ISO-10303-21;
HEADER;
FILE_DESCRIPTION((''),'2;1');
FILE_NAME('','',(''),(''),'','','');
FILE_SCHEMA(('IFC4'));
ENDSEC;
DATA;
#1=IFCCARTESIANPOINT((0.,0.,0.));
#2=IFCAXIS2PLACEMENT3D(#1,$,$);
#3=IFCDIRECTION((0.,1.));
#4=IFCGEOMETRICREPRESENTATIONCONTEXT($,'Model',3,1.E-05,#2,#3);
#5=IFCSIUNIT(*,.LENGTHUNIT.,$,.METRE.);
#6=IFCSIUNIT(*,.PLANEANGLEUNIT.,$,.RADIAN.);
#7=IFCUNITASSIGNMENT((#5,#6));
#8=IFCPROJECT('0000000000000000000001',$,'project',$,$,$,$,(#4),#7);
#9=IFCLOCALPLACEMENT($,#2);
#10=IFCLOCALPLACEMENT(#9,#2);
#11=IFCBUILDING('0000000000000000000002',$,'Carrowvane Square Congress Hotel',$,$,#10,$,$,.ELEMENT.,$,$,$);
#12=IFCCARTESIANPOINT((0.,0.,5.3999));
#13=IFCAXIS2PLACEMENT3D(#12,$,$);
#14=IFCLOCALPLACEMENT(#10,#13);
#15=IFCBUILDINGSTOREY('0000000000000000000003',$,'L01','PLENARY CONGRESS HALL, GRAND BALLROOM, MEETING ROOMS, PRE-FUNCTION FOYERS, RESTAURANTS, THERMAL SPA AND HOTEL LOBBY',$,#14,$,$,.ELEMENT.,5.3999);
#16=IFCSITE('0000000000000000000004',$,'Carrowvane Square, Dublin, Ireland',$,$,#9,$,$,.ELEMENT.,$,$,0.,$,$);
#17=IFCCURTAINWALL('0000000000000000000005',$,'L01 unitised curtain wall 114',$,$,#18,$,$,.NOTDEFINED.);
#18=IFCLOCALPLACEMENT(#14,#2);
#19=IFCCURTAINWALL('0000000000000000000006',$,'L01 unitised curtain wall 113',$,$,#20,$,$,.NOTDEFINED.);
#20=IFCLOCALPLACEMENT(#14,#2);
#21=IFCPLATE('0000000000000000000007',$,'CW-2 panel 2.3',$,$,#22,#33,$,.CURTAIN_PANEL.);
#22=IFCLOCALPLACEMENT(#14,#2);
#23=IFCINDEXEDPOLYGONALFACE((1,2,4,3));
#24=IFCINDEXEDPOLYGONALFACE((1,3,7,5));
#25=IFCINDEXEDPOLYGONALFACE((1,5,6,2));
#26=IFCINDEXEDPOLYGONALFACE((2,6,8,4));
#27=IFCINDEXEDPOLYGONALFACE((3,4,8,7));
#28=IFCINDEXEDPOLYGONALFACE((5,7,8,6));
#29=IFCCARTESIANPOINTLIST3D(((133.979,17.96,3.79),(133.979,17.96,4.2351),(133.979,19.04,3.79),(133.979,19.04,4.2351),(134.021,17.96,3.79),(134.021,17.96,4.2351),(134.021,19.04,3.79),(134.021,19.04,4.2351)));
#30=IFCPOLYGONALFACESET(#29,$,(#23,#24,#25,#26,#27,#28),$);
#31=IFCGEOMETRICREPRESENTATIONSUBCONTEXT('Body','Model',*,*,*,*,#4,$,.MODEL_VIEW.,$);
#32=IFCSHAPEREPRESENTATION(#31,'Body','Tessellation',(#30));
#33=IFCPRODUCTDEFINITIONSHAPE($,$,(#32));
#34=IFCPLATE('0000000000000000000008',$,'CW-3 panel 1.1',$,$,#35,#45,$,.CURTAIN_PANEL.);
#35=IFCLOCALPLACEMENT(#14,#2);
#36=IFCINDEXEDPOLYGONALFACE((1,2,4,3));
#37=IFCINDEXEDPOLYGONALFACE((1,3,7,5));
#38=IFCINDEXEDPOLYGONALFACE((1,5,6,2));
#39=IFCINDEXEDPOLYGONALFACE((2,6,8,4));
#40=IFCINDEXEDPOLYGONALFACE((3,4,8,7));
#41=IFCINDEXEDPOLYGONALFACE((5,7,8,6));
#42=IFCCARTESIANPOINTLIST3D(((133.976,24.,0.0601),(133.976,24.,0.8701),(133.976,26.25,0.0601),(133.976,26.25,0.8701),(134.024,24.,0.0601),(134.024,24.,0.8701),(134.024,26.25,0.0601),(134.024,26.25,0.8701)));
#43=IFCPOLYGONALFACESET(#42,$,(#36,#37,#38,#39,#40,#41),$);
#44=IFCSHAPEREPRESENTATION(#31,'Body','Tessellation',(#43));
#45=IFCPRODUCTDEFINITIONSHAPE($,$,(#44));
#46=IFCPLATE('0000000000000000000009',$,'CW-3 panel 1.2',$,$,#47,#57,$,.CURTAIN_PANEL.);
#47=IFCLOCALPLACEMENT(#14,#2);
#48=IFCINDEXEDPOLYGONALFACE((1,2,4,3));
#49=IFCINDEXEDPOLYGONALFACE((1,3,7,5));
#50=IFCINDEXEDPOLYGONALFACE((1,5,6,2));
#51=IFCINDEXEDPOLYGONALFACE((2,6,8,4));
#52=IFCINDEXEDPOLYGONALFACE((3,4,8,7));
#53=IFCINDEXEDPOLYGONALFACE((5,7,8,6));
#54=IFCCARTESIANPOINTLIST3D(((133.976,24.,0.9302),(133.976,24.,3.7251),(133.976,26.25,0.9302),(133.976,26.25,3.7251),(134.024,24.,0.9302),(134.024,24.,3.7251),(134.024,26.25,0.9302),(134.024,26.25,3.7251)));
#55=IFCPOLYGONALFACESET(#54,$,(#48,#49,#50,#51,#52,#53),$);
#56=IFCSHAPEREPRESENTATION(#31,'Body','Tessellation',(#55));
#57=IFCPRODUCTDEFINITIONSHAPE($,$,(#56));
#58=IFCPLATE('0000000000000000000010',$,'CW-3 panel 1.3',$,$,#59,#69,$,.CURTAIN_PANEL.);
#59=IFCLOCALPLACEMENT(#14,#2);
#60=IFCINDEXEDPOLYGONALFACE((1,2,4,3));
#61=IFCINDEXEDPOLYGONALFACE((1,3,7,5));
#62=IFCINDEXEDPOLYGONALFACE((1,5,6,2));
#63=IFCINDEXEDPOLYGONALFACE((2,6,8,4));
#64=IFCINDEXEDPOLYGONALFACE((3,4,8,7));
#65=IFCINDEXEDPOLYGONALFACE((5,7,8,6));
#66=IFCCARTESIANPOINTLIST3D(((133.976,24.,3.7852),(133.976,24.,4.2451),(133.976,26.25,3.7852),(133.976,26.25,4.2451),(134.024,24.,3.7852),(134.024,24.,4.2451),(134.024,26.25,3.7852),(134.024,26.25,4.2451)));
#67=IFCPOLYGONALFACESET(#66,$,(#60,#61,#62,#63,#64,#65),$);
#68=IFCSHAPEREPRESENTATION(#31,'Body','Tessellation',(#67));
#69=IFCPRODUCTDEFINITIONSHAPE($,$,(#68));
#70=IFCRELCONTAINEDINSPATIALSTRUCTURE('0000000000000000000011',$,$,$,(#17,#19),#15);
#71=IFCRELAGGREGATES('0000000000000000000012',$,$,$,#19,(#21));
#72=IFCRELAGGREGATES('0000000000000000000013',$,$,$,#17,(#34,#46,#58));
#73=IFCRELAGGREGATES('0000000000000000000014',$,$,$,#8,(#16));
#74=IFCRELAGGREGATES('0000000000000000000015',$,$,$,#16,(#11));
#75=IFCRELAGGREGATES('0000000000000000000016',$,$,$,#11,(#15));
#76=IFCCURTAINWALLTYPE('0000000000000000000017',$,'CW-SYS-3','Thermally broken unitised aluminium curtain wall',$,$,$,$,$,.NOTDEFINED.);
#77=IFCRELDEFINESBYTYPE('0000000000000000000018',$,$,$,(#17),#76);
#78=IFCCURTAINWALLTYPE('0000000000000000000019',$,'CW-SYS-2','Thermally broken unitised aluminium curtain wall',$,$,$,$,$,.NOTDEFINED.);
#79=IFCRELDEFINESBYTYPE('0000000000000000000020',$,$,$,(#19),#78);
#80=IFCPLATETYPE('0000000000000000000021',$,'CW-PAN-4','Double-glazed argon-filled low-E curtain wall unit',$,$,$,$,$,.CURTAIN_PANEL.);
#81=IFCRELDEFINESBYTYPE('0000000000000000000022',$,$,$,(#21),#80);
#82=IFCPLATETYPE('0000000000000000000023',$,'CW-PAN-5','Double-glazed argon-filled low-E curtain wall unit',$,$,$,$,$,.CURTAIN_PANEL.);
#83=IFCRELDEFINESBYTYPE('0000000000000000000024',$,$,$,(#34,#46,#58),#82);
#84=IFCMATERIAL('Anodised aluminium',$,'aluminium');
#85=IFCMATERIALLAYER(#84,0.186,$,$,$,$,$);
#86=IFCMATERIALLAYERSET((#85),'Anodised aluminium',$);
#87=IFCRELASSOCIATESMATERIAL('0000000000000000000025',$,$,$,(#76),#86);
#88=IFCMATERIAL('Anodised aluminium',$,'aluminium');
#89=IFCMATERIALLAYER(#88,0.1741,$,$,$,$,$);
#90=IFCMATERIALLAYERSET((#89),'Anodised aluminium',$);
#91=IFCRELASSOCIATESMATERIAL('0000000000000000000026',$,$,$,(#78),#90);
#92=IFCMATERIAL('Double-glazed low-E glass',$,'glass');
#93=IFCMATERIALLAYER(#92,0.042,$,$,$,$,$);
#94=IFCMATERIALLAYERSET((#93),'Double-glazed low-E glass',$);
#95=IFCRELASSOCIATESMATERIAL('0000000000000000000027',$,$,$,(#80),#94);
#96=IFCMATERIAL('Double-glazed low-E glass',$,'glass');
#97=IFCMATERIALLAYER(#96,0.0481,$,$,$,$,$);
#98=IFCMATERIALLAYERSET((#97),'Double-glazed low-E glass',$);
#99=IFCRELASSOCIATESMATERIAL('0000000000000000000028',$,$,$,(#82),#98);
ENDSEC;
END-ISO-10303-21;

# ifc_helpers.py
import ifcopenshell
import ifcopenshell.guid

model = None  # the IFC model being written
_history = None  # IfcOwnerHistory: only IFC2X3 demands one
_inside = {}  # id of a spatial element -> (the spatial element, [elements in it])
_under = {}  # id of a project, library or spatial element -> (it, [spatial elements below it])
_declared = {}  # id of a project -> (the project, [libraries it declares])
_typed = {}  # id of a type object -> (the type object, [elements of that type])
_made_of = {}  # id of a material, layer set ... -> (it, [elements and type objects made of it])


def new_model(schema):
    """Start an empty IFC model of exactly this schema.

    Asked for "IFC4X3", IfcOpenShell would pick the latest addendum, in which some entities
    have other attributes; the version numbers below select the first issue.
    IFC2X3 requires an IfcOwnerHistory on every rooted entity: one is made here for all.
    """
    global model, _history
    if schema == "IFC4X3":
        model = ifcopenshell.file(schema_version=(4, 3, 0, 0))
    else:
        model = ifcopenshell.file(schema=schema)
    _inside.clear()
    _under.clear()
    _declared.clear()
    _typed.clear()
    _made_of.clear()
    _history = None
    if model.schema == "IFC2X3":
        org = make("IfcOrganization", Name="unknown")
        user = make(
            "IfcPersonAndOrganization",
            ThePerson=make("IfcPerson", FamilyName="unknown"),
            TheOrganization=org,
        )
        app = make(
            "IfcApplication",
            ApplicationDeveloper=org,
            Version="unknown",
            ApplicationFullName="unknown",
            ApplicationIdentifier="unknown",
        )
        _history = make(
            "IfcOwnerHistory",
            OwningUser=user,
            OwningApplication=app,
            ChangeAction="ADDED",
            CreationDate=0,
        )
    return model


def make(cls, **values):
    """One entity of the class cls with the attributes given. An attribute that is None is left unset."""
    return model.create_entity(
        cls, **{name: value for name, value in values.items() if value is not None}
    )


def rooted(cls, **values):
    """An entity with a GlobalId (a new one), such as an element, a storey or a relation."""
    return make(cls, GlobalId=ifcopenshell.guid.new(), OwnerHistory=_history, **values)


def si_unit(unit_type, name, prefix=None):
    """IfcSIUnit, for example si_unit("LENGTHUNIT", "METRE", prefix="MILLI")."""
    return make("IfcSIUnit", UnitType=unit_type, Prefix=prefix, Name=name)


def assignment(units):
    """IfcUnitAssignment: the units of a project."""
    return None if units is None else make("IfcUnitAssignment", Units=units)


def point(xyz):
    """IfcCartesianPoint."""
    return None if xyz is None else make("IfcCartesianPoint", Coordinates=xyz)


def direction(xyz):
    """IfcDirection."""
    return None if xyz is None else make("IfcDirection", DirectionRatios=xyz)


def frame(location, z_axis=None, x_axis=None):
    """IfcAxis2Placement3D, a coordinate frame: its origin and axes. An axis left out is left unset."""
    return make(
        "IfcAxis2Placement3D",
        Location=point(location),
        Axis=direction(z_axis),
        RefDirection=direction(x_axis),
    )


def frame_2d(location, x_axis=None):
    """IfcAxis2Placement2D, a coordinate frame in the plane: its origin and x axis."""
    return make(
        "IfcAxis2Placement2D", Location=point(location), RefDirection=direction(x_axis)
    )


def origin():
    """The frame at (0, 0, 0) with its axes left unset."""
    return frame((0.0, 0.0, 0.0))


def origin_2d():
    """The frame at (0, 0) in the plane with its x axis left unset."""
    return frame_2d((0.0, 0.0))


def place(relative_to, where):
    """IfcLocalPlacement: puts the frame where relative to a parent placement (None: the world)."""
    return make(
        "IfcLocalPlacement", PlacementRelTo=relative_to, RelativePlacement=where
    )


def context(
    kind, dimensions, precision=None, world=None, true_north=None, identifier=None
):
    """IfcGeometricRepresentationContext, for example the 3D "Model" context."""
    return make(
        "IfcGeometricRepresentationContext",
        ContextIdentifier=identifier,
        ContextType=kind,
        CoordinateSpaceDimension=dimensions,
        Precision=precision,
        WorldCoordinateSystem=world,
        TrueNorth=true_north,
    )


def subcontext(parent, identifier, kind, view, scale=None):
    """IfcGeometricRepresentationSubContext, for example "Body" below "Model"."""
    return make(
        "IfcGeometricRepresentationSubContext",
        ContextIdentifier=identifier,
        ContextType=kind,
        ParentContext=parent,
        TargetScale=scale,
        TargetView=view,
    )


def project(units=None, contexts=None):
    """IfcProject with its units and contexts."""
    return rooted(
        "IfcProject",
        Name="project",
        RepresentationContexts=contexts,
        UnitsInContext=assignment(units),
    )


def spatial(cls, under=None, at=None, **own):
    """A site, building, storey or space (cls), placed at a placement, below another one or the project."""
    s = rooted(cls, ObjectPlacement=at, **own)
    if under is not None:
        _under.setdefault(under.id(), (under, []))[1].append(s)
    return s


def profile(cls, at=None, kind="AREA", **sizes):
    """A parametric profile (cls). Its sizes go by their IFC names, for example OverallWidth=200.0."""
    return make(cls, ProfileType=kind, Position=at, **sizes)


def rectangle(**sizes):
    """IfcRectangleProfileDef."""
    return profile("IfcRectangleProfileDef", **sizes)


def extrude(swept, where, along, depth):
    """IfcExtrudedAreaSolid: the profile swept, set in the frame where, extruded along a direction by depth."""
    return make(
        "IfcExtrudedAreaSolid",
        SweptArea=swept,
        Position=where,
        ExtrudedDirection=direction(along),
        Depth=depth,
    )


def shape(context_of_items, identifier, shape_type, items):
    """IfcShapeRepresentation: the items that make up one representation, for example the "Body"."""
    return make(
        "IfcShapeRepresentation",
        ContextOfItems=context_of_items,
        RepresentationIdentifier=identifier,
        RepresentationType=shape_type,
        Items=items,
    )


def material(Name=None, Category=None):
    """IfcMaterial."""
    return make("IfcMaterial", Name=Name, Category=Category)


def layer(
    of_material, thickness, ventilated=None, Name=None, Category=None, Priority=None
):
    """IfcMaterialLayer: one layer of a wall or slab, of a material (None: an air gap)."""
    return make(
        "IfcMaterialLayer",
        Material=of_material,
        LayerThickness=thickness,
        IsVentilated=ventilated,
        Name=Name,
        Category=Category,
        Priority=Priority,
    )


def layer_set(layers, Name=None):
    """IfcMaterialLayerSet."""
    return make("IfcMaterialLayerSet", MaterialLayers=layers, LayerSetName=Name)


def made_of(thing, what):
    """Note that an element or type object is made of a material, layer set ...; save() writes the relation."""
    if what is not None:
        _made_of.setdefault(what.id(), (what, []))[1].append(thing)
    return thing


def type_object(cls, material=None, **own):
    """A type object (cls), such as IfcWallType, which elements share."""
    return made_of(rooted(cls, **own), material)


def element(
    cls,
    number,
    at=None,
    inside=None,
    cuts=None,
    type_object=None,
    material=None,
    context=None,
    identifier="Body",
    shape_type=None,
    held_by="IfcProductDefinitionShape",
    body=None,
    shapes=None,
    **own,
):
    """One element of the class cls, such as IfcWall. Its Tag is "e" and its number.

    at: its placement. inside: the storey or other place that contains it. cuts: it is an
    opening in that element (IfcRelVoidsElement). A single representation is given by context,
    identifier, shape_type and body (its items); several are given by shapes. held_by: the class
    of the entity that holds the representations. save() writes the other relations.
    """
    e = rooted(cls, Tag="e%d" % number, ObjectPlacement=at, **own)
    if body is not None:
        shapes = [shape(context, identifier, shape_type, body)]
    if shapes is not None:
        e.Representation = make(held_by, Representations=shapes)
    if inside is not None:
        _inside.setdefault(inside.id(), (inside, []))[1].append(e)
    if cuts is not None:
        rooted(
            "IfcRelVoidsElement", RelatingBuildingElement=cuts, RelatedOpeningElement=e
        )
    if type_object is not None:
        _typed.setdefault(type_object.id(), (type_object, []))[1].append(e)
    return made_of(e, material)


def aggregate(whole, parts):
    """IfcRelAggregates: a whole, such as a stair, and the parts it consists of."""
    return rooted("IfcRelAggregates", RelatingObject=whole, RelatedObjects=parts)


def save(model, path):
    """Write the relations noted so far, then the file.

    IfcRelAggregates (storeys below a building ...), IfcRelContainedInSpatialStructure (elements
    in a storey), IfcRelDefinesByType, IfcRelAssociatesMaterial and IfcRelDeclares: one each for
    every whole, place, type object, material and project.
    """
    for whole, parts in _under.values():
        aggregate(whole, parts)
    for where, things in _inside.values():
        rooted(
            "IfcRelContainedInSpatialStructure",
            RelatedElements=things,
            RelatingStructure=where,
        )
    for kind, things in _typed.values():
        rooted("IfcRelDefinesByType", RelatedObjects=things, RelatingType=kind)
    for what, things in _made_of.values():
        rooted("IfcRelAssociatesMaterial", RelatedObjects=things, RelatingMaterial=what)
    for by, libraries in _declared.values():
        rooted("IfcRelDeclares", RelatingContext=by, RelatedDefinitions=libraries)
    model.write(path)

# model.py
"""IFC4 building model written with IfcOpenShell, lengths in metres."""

from ifc_helpers import new_model, si_unit, direction, frame, origin, origin_2d, place, context, subcontext, project, spatial, rectangle, extrude, material, layer, layer_set, type_object, element, aggregate, save


model = new_model("IFC4")

# Units and contexts
model_context = context("Model", 3, precision=1e-05, world=origin(), true_north=direction((0.0, 1.0)))
body_context = subcontext(model_context, "Body", "Model", "MODEL_VIEW")
ifc_project = project(units=[si_unit("LENGTHUNIT", "METRE"), si_unit("PLANEANGLEUNIT", "RADIAN")], contexts=[model_context])

# Site, building, storey
site_placement = place(None, origin())
site = spatial("IfcSite", under=ifc_project, at=site_placement, Name="Carrowvane Square, Dublin, Ireland", CompositionType="ELEMENT", RefElevation=0.0)
building_placement = place(site_placement, origin())
building = spatial("IfcBuilding", under=site, at=building_placement, Name="Carrowvane Square Congress Hotel", CompositionType="ELEMENT")
storey_placement = place(building_placement, frame((0.0, 0.0, 5.3999)))
storey = spatial("IfcBuildingStorey", under=building, at=storey_placement, Name="L01", Description="PLENARY CONGRESS HALL, GRAND BALLROOM, MEETING ROOMS, PRE-FUNCTION FOYERS, RESTAURANTS, THERMAL SPA AND HOTEL LOBBY", CompositionType="ELEMENT", Elevation=5.3999)

# Curtain wall
ifc_material_1 = material(Name="Anodised aluminium", Category="aluminium")
ifc_layer_1 = layer(ifc_material_1, 0.186)
ifc_layer_set_1 = layer_set([ifc_layer_1], Name="Anodised aluminium")
curtain_wall_type_1 = type_object("IfcCurtainWallType", Name="CW-SYS-3", Description="Thermally broken unitised aluminium curtain wall", PredefinedType="NOTDEFINED", material=ifc_layer_set_1)
curtain_wall_1_placement = place(storey_placement, origin())
curtain_wall_1 = element("IfcCurtainWall", 1, at=curtain_wall_1_placement, inside=storey, type_object=curtain_wall_type_1, Name="L01 unitised curtain wall 114", PredefinedType="NOTDEFINED")

# Curtain wall
ifc_material_2 = material(Name="Anodised aluminium", Category="aluminium")
ifc_layer_2 = layer(ifc_material_2, 0.1741)
ifc_layer_set_2 = layer_set([ifc_layer_2], Name="Anodised aluminium")
curtain_wall_type_2 = type_object("IfcCurtainWallType", Name="CW-SYS-2", Description="Thermally broken unitised aluminium curtain wall", PredefinedType="NOTDEFINED", material=ifc_layer_set_2)
curtain_wall_2_placement = place(storey_placement, origin())
curtain_wall_2 = element("IfcCurtainWall", 2, at=curtain_wall_2_placement, inside=storey, type_object=curtain_wall_type_2, Name="L01 unitised curtain wall 113", PredefinedType="NOTDEFINED")

# Plates
ifc_material_3 = material(Name="Double-glazed low-E glass", Category="glass")
ifc_layer_3 = layer(ifc_material_3, 0.042)
ifc_layer_set_3 = layer_set([ifc_layer_3], Name="Double-glazed low-E glass")
plate_type_1 = type_object("IfcPlateType", Name="CW-PAN-4", Description="Double-glazed argon-filled low-E curtain wall unit", PredefinedType="CURTAIN_PANEL", material=ifc_layer_set_3)
plate_1_placement = place(storey_placement, frame((134.0, 18.5, 3.79), z_axis=(0.0, 0.0, 1.0), x_axis=(0.0, 1.0, 0.0)))
plate_1 = element("IfcPlate", 3, at=plate_1_placement, type_object=plate_type_1, Name="CW-2 panel 2.3", PredefinedType="CURTAIN_PANEL", context=body_context, shape_type="SweptSolid", body=[
    extrude(rectangle(XDim=1.0801, YDim=0.042, at=origin_2d()), origin(), (0.0, 0.0, 1.0), 0.4451),
])
aggregate(curtain_wall_2, [plate_1])
ifc_material_4 = material(Name="Double-glazed low-E glass", Category="glass")
ifc_layer_4 = layer(ifc_material_4, 0.0481)
ifc_layer_set_4 = layer_set([ifc_layer_4], Name="Double-glazed low-E glass")
plate_type_2 = type_object("IfcPlateType", Name="CW-PAN-5", Description="Double-glazed argon-filled low-E curtain wall unit", PredefinedType="CURTAIN_PANEL", material=ifc_layer_set_4)
plate_2_placement = place(storey_placement, frame((134.0, 25.125, 0.0601), z_axis=(0.0, 0.0, 1.0), x_axis=(0.0, 1.0, 0.0)))
plate_2 = element("IfcPlate", 4, at=plate_2_placement, type_object=plate_type_2, Name="CW-3 panel 1.1", PredefinedType="CURTAIN_PANEL", context=body_context, shape_type="SweptSolid", body=[
    extrude(rectangle(XDim=2.25, YDim=0.0481, at=origin_2d()), origin(), (0.0, 0.0, 1.0), 0.8101),
])
plate_3_placement = place(storey_placement, frame((134.0, 25.125, 0.9302), z_axis=(0.0, 0.0, 1.0), x_axis=(0.0, 1.0, 0.0)))
plate_3 = element("IfcPlate", 5, at=plate_3_placement, type_object=plate_type_2, Name="CW-3 panel 1.2", PredefinedType="CURTAIN_PANEL", context=body_context, shape_type="SweptSolid", body=[
    extrude(rectangle(XDim=2.25, YDim=0.0481, at=origin_2d()), origin(), (0.0, 0.0, 1.0), 2.7949),
])
plate_4_placement = place(storey_placement, frame((134.0, 25.125, 3.7852), z_axis=(0.0, 0.0, 1.0), x_axis=(0.0, 1.0, 0.0)))
plate_4 = element("IfcPlate", 6, at=plate_4_placement, type_object=plate_type_2, Name="CW-3 panel 1.3", PredefinedType="CURTAIN_PANEL", context=body_context, shape_type="SweptSolid", body=[
    extrude(rectangle(XDim=2.25, YDim=0.0481, at=origin_2d()), origin(), (0.0, 0.0, 1.0), 0.46),
])
aggregate(curtain_wall_1, [plate_2, plate_3, plate_4])

save(model, "model.ifc")
